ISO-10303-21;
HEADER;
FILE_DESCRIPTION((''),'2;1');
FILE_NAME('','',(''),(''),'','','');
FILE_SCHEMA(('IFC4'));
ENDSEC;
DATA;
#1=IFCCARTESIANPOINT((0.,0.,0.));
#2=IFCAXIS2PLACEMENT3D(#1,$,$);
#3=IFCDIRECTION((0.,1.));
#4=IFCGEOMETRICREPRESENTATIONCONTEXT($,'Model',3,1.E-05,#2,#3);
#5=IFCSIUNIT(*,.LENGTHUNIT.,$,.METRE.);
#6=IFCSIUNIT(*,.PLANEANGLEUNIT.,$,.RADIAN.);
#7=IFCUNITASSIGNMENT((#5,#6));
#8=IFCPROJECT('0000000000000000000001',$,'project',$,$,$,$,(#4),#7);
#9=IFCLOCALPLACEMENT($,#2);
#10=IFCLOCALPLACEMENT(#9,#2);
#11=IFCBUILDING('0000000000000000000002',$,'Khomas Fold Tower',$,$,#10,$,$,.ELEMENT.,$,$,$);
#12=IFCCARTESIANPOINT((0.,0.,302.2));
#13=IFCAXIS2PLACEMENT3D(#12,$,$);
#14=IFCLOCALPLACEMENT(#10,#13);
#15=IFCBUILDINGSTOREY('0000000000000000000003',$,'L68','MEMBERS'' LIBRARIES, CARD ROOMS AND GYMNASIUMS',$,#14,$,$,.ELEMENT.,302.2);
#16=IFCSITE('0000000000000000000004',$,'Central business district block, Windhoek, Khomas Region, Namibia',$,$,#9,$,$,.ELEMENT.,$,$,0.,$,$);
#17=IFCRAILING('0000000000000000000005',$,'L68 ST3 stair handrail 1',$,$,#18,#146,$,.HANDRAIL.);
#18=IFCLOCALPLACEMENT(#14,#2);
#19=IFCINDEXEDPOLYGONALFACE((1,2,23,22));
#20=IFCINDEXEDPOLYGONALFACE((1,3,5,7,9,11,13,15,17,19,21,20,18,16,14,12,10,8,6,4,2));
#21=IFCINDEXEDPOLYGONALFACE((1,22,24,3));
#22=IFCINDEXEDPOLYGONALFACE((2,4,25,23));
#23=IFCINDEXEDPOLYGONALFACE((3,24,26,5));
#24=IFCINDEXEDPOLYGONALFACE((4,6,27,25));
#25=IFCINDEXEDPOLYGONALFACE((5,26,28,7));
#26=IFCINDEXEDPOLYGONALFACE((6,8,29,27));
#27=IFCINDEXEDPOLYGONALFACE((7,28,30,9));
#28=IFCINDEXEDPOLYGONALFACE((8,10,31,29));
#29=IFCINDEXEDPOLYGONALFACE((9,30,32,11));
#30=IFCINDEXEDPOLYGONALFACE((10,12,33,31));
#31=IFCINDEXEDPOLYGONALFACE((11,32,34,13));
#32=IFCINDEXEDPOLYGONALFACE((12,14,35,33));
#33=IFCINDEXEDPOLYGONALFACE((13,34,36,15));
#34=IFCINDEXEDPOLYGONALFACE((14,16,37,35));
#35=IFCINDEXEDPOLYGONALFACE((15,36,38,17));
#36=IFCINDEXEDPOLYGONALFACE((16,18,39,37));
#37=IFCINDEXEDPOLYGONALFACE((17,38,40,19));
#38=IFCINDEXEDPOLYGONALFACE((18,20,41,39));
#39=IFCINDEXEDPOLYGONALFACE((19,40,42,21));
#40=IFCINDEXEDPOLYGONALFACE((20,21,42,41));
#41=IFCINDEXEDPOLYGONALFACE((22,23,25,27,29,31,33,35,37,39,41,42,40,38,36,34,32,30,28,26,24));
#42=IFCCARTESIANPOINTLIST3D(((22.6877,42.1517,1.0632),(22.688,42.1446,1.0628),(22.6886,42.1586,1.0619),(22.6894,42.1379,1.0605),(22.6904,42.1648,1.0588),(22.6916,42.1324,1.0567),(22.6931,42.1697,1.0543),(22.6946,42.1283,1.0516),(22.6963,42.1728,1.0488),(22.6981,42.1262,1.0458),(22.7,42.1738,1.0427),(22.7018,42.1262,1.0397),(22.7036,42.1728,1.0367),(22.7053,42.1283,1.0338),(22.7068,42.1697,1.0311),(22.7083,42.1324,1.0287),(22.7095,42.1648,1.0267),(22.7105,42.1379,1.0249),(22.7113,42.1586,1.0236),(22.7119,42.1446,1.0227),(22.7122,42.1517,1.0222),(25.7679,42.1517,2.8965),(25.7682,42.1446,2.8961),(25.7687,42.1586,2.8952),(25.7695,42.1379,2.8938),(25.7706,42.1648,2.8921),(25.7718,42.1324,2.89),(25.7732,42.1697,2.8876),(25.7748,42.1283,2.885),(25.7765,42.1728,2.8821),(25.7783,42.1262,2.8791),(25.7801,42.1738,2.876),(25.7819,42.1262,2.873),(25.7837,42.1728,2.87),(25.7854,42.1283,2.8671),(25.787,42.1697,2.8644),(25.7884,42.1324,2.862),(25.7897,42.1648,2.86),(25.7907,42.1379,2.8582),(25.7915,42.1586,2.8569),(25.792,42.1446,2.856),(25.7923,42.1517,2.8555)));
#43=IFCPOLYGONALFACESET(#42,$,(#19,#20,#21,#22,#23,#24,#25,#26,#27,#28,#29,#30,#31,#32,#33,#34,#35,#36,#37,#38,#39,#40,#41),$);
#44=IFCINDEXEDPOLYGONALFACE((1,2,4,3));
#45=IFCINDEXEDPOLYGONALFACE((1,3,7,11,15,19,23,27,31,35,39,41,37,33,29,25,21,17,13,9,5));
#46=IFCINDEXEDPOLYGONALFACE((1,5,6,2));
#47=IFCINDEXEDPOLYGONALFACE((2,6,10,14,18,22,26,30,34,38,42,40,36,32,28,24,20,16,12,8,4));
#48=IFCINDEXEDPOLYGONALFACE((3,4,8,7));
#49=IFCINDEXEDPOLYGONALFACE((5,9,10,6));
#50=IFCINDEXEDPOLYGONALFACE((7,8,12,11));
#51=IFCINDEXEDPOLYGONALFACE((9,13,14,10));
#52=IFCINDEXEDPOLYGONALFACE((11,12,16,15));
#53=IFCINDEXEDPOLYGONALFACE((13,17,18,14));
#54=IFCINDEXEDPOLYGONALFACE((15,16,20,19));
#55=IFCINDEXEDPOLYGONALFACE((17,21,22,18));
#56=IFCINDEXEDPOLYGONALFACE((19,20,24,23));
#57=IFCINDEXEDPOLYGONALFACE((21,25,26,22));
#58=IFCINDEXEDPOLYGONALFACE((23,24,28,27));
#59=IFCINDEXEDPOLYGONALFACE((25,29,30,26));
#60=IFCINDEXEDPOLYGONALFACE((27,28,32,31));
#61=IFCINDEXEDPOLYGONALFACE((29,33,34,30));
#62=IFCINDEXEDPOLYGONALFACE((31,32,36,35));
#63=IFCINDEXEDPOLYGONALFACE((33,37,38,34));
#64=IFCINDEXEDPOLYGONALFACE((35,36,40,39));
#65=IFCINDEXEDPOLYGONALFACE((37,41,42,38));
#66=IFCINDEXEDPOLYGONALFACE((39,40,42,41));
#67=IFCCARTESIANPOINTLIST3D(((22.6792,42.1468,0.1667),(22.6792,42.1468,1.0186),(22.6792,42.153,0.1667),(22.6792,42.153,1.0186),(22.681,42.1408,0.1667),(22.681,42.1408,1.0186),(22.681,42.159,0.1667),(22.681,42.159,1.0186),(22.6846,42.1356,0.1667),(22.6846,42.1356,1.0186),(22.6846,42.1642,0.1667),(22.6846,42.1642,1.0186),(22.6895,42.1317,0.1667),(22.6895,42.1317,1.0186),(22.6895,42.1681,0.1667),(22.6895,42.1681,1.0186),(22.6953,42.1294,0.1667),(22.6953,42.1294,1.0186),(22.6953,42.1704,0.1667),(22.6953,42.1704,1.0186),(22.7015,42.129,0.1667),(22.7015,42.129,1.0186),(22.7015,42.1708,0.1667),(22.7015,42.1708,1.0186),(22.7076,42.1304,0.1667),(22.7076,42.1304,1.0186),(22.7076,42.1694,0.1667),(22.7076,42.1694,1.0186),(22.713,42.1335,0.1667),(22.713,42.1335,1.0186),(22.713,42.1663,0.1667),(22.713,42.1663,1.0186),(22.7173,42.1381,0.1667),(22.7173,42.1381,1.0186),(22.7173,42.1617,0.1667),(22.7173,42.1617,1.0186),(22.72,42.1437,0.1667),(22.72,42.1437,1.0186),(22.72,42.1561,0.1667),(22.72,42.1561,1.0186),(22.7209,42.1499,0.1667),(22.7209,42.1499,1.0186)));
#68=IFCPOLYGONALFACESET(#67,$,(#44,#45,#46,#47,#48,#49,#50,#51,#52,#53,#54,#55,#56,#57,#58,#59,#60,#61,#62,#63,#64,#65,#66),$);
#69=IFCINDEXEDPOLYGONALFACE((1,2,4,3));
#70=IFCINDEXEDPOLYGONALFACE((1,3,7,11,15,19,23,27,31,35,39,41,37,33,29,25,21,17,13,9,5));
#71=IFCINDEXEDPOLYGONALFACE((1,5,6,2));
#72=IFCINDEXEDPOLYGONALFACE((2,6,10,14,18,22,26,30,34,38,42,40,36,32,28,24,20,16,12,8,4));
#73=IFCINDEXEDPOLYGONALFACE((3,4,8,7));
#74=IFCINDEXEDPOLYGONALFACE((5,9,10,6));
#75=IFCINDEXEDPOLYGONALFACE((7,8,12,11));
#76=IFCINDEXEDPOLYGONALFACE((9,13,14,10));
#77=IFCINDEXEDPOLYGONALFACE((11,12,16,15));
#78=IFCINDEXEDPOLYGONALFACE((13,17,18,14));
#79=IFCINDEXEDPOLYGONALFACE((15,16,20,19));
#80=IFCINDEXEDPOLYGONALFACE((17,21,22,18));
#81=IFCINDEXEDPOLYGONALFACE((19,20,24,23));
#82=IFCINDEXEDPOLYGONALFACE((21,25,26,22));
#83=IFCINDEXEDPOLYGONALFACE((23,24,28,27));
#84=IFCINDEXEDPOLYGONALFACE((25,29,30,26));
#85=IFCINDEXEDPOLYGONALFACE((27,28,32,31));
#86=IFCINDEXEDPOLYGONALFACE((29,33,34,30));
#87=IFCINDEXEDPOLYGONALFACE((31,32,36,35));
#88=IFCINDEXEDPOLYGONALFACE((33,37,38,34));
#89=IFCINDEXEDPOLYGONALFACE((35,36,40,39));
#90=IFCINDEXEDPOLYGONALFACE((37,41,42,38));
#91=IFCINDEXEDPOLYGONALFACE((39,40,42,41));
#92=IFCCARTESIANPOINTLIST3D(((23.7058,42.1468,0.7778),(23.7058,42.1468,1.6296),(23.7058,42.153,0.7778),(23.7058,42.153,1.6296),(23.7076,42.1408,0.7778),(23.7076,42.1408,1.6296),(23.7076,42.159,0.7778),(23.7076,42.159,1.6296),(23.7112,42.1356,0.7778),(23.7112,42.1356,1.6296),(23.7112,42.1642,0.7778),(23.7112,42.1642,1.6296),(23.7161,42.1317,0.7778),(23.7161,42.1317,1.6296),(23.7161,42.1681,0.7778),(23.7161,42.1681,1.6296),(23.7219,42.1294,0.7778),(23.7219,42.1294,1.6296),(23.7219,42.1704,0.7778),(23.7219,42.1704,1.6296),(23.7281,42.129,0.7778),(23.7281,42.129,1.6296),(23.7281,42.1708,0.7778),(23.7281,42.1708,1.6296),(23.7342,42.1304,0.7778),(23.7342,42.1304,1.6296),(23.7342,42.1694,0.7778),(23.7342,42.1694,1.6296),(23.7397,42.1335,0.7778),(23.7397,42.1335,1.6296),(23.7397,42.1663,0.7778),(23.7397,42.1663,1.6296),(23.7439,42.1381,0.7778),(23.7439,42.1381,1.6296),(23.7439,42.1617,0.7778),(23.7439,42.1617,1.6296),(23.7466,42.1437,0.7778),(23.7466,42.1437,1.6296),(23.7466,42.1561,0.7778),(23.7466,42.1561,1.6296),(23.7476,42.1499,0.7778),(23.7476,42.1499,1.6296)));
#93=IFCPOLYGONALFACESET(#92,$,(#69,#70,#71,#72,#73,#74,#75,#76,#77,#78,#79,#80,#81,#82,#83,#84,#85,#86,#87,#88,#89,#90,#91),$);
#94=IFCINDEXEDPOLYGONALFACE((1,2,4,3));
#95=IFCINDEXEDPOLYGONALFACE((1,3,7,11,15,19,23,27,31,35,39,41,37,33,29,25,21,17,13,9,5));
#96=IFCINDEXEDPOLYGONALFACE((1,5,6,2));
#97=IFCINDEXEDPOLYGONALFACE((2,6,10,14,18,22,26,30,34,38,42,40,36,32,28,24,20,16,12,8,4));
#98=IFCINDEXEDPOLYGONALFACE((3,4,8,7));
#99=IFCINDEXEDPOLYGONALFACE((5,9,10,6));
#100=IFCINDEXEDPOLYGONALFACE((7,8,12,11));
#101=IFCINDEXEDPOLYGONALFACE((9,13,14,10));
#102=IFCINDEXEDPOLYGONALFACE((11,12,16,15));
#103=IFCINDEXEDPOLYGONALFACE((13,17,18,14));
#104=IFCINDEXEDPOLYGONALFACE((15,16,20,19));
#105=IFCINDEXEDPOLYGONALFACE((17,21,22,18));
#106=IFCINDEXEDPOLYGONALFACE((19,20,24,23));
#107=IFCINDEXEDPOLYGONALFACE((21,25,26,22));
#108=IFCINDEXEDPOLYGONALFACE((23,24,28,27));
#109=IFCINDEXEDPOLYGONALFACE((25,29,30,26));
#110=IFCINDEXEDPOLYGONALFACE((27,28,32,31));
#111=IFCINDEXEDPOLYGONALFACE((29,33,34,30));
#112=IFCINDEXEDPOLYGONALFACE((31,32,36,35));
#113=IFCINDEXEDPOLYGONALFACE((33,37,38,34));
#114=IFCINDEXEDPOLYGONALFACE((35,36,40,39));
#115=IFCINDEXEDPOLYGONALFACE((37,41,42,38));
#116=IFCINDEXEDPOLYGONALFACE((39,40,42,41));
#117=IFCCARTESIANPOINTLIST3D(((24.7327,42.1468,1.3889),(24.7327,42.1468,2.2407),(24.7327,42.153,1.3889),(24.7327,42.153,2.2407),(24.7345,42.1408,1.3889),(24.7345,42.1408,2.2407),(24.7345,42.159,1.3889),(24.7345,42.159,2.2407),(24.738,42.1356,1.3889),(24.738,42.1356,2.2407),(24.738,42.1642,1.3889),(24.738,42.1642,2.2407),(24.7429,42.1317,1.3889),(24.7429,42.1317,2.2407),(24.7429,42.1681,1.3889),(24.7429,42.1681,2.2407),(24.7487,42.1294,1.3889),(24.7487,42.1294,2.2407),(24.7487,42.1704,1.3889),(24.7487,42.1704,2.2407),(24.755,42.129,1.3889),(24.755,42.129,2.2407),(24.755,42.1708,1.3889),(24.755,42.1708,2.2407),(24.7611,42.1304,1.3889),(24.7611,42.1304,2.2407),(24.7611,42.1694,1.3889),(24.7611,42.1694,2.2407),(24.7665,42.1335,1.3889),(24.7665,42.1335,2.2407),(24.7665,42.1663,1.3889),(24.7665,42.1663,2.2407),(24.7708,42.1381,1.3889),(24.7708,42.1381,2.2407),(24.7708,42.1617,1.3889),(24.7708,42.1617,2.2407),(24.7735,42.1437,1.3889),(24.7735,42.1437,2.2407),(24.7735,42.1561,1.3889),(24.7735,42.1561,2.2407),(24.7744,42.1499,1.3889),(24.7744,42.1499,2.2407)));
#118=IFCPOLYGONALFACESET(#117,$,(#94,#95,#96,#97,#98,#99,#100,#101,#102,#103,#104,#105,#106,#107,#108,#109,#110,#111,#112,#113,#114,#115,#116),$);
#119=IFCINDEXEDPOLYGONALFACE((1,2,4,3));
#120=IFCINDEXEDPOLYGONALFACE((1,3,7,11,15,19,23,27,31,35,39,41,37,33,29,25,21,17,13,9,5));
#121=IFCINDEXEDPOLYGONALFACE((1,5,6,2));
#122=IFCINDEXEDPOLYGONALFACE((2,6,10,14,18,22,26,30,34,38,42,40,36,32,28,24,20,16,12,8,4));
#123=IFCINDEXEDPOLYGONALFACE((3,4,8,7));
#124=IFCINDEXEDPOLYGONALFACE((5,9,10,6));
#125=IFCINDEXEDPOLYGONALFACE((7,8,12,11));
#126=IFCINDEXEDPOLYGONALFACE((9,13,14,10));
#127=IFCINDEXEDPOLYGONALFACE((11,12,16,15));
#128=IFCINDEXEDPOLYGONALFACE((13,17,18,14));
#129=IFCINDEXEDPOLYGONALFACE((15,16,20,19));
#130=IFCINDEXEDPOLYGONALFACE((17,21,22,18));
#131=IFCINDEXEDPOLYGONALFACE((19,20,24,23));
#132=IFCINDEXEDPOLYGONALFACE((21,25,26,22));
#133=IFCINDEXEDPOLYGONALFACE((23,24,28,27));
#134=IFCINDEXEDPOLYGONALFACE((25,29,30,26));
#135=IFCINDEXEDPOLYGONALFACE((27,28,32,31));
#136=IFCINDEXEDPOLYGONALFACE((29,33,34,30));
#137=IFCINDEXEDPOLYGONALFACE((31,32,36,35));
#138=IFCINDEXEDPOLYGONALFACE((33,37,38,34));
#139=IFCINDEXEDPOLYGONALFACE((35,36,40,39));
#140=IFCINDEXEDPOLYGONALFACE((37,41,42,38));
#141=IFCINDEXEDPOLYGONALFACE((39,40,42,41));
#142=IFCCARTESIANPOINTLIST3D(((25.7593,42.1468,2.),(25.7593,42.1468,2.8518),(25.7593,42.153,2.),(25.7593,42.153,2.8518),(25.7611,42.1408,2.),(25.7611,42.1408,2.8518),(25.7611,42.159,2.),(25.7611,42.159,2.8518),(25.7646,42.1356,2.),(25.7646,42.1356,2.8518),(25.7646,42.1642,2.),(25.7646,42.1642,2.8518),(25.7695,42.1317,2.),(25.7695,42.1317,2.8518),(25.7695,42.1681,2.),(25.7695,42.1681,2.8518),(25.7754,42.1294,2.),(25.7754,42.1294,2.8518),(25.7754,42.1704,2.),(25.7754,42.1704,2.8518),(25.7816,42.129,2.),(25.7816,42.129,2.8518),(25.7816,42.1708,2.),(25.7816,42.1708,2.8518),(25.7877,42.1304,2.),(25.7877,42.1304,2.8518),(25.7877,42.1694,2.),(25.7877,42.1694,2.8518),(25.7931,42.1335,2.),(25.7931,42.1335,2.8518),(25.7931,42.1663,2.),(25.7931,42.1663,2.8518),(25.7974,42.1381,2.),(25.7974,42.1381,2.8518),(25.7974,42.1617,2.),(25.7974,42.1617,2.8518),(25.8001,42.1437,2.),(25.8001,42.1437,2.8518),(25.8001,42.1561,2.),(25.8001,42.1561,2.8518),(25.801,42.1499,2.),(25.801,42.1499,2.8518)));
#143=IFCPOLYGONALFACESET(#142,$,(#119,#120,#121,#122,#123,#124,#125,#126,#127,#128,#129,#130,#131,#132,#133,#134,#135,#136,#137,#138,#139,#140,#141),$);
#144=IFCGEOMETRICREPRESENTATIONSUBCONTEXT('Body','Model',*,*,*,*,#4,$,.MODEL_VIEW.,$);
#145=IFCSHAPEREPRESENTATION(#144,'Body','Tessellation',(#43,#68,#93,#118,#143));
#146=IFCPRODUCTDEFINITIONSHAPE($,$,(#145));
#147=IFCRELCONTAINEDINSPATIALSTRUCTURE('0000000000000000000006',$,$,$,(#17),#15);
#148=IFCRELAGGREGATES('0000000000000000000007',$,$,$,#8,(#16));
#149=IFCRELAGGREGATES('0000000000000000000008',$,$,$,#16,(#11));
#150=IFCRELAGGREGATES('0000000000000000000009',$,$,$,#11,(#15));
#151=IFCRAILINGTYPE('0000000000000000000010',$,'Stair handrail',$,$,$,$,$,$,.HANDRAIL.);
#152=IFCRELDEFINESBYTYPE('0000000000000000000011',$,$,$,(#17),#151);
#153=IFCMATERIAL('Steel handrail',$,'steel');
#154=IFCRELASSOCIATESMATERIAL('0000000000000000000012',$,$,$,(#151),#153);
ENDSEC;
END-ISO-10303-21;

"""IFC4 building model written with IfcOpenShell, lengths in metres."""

from ifc_helpers import new_model, si_unit, direction, frame, origin, origin_2d, place, context, subcontext, project, spatial, circle, extrude, source, transform, mapped, material, type_object, element, save


model = new_model("IFC4")

# Units and contexts
model_context = context("Model", 3, precision=1e-05, world=origin(), true_north=direction((0.0, 1.0)))
body_context = subcontext(model_context, "Body", "Model", "MODEL_VIEW")
ifc_project = project(units=[si_unit("LENGTHUNIT", "METRE"), si_unit("PLANEANGLEUNIT", "RADIAN")], contexts=[model_context])

# Site, building, storey
site_placement = place(None, origin())
site = spatial("IfcSite", under=ifc_project, at=site_placement, Name="Central business district block, Windhoek, Khomas Region, Namibia", CompositionType="ELEMENT", RefElevation=0.0)
building_placement = place(site_placement, origin())
building = spatial("IfcBuilding", under=site, at=building_placement, Name="Khomas Fold Tower", CompositionType="ELEMENT")
storey_placement = place(building_placement, frame((0.0, 0.0, 302.2)))
storey = spatial("IfcBuildingStorey", under=building, at=storey_placement, Name="L68", Description="MEMBERS' LIBRARIES, CARD ROOMS AND GYMNASIUMS", CompositionType="ELEMENT", Elevation=302.2)

# Railing
ifc_material_1 = material(Name="Steel handrail", Category="steel")
railing_type_1 = type_object("IfcRailingType", Name="Stair handrail", PredefinedType="HANDRAIL", material=ifc_material_1)
shared_shape_1 = source(origin(), body_context, "Body", "SweptSolid", [
    extrude(circle(Radius=0.0239, at=origin_2d()), frame((0.0, 0.0, 0.876), z_axis=(0.859309, 0.0, 0.511458), x_axis=(0.0, 1.0, 0.0)), (0.0, 0.0, 1.0), 3.5845),
    extrude(circle(Radius=0.021, at=origin_2d()), origin(), (0.0, 0.0, 1.0), 0.8518),
    extrude(circle(Radius=0.021, at=origin_2d()), frame((1.0266, 0.0, 0.6111)), (0.0, 0.0, 1.0), 0.8518),
    extrude(circle(Radius=0.021, at=origin_2d()), frame((2.0535, 0.0, 1.2222)), (0.0, 0.0, 1.0), 0.8518),
    extrude(circle(Radius=0.021, at=origin_2d()), frame((3.0801, 0.0, 1.8333)), (0.0, 0.0, 1.0), 0.8518),
])
railing_1_placement = place(storey_placement, frame((22.7, 42.1499, 0.1667)))
element("IfcRailing", 1, at=railing_1_placement, inside=storey, type_object=railing_type_1, Name="L68 ST3 stair handrail 1", PredefinedType="HANDRAIL", context=body_context, shape_type="MappedRepresentation", body=[
    mapped(shared_shape_1, transform((0.0, 0.0, 0.0))),
])

save(model, "model.ifc")
